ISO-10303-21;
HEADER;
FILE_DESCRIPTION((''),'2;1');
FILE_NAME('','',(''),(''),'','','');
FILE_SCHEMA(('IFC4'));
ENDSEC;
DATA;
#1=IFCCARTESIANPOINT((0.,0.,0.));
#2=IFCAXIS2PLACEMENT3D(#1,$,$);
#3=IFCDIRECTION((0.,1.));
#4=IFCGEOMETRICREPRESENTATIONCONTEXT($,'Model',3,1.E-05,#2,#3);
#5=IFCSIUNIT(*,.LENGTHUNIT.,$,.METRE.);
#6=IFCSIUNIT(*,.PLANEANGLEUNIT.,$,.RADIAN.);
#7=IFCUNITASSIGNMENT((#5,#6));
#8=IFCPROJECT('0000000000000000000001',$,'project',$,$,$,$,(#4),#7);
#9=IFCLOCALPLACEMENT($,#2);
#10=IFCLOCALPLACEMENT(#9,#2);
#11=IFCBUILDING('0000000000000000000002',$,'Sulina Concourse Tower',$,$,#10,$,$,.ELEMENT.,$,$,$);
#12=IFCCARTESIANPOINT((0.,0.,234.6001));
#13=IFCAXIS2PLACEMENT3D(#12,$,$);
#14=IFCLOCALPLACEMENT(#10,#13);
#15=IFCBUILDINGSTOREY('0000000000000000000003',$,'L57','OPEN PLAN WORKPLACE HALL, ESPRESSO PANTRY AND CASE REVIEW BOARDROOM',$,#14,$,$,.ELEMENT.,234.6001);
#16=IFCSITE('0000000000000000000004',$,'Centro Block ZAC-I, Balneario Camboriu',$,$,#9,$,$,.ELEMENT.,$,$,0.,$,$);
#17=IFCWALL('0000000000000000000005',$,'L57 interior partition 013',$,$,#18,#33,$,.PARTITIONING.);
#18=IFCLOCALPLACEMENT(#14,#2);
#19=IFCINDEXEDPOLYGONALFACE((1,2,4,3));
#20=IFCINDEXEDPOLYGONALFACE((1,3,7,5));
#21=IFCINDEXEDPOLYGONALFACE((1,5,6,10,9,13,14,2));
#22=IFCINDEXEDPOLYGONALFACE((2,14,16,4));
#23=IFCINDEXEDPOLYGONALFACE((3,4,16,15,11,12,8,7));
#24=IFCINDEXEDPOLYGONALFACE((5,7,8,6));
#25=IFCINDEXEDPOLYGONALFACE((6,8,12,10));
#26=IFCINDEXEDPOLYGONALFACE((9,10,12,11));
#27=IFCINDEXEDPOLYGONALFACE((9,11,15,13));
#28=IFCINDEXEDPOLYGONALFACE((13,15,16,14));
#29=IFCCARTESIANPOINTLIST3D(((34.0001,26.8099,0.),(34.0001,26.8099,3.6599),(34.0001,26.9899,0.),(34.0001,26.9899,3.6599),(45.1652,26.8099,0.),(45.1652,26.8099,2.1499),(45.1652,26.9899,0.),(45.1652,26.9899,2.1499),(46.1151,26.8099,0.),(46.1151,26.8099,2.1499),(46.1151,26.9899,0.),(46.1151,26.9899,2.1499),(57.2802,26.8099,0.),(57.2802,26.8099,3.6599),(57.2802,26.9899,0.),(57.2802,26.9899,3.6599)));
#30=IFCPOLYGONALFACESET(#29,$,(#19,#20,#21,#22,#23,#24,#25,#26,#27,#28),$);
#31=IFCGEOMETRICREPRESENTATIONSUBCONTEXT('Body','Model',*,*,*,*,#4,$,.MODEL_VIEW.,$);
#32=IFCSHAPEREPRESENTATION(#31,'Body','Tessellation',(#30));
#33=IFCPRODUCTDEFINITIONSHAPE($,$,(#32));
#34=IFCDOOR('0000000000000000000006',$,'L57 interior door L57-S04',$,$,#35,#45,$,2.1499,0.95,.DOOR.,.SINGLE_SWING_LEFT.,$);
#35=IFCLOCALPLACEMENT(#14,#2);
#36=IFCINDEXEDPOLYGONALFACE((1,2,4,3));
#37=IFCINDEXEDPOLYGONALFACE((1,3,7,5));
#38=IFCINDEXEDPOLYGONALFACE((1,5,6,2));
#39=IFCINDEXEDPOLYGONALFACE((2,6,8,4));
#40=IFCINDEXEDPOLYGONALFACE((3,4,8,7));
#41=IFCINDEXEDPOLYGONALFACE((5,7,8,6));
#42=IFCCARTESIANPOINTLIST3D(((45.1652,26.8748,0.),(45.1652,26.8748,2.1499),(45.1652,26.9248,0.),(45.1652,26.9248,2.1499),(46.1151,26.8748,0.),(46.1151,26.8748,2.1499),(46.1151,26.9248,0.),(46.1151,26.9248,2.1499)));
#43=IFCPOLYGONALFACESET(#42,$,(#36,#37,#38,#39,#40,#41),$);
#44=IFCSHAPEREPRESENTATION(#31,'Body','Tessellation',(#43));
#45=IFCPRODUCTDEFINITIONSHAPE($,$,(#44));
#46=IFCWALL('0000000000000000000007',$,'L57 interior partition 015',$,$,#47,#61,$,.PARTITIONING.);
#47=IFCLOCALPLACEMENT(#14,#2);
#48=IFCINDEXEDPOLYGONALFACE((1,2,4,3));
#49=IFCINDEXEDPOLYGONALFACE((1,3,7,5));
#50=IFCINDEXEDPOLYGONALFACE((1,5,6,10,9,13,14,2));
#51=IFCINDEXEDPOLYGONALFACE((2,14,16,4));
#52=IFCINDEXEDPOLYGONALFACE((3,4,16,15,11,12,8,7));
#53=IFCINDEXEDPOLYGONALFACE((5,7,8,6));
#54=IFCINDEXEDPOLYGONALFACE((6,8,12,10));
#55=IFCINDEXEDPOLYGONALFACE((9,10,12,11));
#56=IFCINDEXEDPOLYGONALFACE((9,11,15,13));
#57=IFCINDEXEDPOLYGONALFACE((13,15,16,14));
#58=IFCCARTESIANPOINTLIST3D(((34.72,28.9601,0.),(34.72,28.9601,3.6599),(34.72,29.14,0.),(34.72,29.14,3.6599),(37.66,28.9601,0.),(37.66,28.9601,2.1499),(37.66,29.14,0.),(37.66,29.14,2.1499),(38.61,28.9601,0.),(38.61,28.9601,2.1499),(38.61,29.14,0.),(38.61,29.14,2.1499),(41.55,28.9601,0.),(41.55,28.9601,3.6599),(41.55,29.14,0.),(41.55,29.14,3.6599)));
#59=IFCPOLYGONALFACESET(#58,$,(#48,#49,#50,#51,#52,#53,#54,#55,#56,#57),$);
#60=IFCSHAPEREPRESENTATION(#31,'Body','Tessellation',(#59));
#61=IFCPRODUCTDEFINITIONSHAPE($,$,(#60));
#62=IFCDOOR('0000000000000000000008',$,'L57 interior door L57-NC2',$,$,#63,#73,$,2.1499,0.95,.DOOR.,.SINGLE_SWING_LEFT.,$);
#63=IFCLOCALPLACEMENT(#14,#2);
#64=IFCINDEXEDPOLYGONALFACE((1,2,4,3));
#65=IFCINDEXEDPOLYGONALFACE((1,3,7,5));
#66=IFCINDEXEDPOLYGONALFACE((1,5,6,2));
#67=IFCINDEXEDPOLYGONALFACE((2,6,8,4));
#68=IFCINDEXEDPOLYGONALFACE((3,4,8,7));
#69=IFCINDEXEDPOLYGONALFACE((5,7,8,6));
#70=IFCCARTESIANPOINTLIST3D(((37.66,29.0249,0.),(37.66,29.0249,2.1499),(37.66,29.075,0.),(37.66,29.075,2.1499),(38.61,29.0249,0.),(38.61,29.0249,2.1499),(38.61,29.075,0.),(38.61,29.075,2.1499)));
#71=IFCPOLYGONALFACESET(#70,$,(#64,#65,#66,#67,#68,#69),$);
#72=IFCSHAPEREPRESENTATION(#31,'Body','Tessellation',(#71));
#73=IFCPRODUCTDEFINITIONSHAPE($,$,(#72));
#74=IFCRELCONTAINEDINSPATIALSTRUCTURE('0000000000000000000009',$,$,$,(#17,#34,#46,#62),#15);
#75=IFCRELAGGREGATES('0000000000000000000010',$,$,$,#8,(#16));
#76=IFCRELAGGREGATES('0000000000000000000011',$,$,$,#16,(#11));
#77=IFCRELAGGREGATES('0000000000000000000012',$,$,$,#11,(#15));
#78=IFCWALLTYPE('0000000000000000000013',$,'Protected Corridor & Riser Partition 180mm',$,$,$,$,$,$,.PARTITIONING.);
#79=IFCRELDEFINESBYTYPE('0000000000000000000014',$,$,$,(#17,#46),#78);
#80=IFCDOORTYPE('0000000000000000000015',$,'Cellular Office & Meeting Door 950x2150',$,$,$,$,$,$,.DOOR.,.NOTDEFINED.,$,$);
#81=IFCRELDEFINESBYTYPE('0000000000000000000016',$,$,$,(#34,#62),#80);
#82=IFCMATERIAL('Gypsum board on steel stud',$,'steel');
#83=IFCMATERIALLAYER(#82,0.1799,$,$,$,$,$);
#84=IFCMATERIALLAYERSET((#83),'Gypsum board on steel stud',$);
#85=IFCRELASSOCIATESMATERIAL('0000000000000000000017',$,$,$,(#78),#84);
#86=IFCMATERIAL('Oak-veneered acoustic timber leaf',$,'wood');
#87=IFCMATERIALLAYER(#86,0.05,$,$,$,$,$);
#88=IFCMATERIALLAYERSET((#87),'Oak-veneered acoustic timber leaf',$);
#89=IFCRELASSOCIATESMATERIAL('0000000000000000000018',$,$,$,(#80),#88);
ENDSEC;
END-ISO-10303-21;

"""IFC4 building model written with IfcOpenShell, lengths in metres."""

from ifc_helpers import new_model, si_unit, direction, frame, frame_2d, origin, place, context, subcontext, project, spatial, rectangle, extrude, material, layer, layer_set, type_object, element, fill, save


model = new_model("IFC4")

# Units and contexts
model_context = context("Model", 3, precision=1e-05, world=origin(), true_north=direction((0.0, 1.0)))
body_context = subcontext(model_context, "Body", "Model", "MODEL_VIEW")
ifc_project = project(units=[si_unit("LENGTHUNIT", "METRE"), si_unit("PLANEANGLEUNIT", "RADIAN")], contexts=[model_context])

# Site, building, storey
site_placement = place(None, origin())
site = spatial("IfcSite", under=ifc_project, at=site_placement, Name="Centro Block ZAC-I, Balneario Camboriu", CompositionType="ELEMENT", RefElevation=0.0)
building_placement = place(site_placement, origin())
building = spatial("IfcBuilding", under=site, at=building_placement, Name="Sulina Concourse Tower", CompositionType="ELEMENT")
storey_placement = place(building_placement, frame((0.0, 0.0, 234.6001)))
storey = spatial("IfcBuildingStorey", under=building, at=storey_placement, Name="L57", Description="OPEN PLAN WORKPLACE HALL, ESPRESSO PANTRY AND CASE REVIEW BOARDROOM", CompositionType="ELEMENT", Elevation=234.6001)

# Walls, openings, doors
ifc_material_1 = material(Name="Gypsum board on steel stud", Category="steel")
ifc_layer_1 = layer(ifc_material_1, 0.1799)
ifc_layer_set_1 = layer_set([ifc_layer_1], Name="Gypsum board on steel stud")
wall_type_1 = type_object("IfcWallType", Name="Protected Corridor & Riser Partition 180mm", PredefinedType="PARTITIONING", material=ifc_layer_set_1)
wall_1_placement = place(storey_placement, frame((34.0, 26.8999, 0.0), z_axis=(0.0, 0.0, 1.0), x_axis=(1.0, 0.0, 0.0)))
wall_1 = element("IfcWall", 1, at=wall_1_placement, inside=storey, type_object=wall_type_1, Name="L57 interior partition 013", PredefinedType="PARTITIONING", context=body_context, shape_type="SweptSolid", body=[
    extrude(rectangle(XDim=23.28, YDim=0.1799, at=frame_2d((11.6401, 0.0))), origin(), (0.0, 0.0, 1.0), 3.6599),
])
opening_1_placement = place(wall_1_placement, frame((11.165, 0.0, 0.0)))
opening_1 = element("IfcOpeningElement", 2, at=opening_1_placement, cuts=wall_1, PredefinedType="OPENING", context=body_context, shape_type="SweptSolid", body=[
    extrude(rectangle(XDim=0.95, YDim=2.1499, at=frame_2d((0.4751, 1.075))), frame((0.0, 0.0999, 0.0), z_axis=(0.0, -1.0, 0.0), x_axis=(1.0, 0.0, 0.0)), (0.0, 0.0, 1.0), 0.2),
])
ifc_material_2 = material(Name="Oak-veneered acoustic timber leaf", Category="wood")
ifc_layer_2 = layer(ifc_material_2, 0.05)
ifc_layer_set_2 = layer_set([ifc_layer_2], Name="Oak-veneered acoustic timber leaf")
door_type_1 = type_object("IfcDoorType", Name="Cellular Office & Meeting Door 950x2150", OperationType="NOTDEFINED", PredefinedType="DOOR", material=ifc_layer_set_2)
door_1_placement = place(opening_1_placement, origin())
door_1 = element("IfcDoor", 3, at=door_1_placement, inside=storey, type_object=door_type_1, Name="L57 interior door L57-S04", OperationType="SINGLE_SWING_LEFT", OverallHeight=2.1499, OverallWidth=0.95, PredefinedType="DOOR", context=body_context, shape_type="SweptSolid", body=[
    extrude(rectangle(XDim=0.95, YDim=2.1499, at=frame_2d((0.4751, 1.075))), frame((0.0, 0.0249, 0.0), z_axis=(0.0, -1.0, 0.0), x_axis=(1.0, 0.0, 0.0)), (0.0, 0.0, 1.0), 0.05),
])
fill(opening_1, door_1)
wall_2_placement = place(storey_placement, frame((34.72, 29.05, 0.0), z_axis=(0.0, 0.0, 1.0), x_axis=(1.0, 0.0, 0.0)))
wall_2 = element("IfcWall", 4, at=wall_2_placement, inside=storey, type_object=wall_type_1, Name="L57 interior partition 015", PredefinedType="PARTITIONING", context=body_context, shape_type="SweptSolid", body=[
    extrude(rectangle(XDim=6.8301, YDim=0.1799, at=frame_2d((3.415, 0.0))), origin(), (0.0, 0.0, 1.0), 3.6599),
])
opening_2_placement = place(wall_2_placement, frame((2.9399, 0.0, 0.0)))
opening_2 = element("IfcOpeningElement", 5, at=opening_2_placement, cuts=wall_2, PredefinedType="OPENING", context=body_context, shape_type="SweptSolid", body=[
    extrude(rectangle(XDim=0.95, YDim=2.1499, at=frame_2d((0.4751, 1.075))), frame((0.0, 0.0999, 0.0), z_axis=(0.0, -1.0, 0.0), x_axis=(1.0, 0.0, 0.0)), (0.0, 0.0, 1.0), 0.2),
])
door_2_placement = place(opening_2_placement, origin())
door_2 = element("IfcDoor", 6, at=door_2_placement, inside=storey, type_object=door_type_1, Name="L57 interior door L57-NC2", OperationType="SINGLE_SWING_LEFT", OverallHeight=2.1499, OverallWidth=0.95, PredefinedType="DOOR", context=body_context, shape_type="SweptSolid", body=[
    extrude(rectangle(XDim=0.95, YDim=2.1499, at=frame_2d((0.4751, 1.075))), frame((0.0, 0.0249, 0.0), z_axis=(0.0, -1.0, 0.0), x_axis=(1.0, 0.0, 0.0)), (0.0, 0.0, 1.0), 0.05),
])
fill(opening_2, door_2)

save(model, "model.ifc")
